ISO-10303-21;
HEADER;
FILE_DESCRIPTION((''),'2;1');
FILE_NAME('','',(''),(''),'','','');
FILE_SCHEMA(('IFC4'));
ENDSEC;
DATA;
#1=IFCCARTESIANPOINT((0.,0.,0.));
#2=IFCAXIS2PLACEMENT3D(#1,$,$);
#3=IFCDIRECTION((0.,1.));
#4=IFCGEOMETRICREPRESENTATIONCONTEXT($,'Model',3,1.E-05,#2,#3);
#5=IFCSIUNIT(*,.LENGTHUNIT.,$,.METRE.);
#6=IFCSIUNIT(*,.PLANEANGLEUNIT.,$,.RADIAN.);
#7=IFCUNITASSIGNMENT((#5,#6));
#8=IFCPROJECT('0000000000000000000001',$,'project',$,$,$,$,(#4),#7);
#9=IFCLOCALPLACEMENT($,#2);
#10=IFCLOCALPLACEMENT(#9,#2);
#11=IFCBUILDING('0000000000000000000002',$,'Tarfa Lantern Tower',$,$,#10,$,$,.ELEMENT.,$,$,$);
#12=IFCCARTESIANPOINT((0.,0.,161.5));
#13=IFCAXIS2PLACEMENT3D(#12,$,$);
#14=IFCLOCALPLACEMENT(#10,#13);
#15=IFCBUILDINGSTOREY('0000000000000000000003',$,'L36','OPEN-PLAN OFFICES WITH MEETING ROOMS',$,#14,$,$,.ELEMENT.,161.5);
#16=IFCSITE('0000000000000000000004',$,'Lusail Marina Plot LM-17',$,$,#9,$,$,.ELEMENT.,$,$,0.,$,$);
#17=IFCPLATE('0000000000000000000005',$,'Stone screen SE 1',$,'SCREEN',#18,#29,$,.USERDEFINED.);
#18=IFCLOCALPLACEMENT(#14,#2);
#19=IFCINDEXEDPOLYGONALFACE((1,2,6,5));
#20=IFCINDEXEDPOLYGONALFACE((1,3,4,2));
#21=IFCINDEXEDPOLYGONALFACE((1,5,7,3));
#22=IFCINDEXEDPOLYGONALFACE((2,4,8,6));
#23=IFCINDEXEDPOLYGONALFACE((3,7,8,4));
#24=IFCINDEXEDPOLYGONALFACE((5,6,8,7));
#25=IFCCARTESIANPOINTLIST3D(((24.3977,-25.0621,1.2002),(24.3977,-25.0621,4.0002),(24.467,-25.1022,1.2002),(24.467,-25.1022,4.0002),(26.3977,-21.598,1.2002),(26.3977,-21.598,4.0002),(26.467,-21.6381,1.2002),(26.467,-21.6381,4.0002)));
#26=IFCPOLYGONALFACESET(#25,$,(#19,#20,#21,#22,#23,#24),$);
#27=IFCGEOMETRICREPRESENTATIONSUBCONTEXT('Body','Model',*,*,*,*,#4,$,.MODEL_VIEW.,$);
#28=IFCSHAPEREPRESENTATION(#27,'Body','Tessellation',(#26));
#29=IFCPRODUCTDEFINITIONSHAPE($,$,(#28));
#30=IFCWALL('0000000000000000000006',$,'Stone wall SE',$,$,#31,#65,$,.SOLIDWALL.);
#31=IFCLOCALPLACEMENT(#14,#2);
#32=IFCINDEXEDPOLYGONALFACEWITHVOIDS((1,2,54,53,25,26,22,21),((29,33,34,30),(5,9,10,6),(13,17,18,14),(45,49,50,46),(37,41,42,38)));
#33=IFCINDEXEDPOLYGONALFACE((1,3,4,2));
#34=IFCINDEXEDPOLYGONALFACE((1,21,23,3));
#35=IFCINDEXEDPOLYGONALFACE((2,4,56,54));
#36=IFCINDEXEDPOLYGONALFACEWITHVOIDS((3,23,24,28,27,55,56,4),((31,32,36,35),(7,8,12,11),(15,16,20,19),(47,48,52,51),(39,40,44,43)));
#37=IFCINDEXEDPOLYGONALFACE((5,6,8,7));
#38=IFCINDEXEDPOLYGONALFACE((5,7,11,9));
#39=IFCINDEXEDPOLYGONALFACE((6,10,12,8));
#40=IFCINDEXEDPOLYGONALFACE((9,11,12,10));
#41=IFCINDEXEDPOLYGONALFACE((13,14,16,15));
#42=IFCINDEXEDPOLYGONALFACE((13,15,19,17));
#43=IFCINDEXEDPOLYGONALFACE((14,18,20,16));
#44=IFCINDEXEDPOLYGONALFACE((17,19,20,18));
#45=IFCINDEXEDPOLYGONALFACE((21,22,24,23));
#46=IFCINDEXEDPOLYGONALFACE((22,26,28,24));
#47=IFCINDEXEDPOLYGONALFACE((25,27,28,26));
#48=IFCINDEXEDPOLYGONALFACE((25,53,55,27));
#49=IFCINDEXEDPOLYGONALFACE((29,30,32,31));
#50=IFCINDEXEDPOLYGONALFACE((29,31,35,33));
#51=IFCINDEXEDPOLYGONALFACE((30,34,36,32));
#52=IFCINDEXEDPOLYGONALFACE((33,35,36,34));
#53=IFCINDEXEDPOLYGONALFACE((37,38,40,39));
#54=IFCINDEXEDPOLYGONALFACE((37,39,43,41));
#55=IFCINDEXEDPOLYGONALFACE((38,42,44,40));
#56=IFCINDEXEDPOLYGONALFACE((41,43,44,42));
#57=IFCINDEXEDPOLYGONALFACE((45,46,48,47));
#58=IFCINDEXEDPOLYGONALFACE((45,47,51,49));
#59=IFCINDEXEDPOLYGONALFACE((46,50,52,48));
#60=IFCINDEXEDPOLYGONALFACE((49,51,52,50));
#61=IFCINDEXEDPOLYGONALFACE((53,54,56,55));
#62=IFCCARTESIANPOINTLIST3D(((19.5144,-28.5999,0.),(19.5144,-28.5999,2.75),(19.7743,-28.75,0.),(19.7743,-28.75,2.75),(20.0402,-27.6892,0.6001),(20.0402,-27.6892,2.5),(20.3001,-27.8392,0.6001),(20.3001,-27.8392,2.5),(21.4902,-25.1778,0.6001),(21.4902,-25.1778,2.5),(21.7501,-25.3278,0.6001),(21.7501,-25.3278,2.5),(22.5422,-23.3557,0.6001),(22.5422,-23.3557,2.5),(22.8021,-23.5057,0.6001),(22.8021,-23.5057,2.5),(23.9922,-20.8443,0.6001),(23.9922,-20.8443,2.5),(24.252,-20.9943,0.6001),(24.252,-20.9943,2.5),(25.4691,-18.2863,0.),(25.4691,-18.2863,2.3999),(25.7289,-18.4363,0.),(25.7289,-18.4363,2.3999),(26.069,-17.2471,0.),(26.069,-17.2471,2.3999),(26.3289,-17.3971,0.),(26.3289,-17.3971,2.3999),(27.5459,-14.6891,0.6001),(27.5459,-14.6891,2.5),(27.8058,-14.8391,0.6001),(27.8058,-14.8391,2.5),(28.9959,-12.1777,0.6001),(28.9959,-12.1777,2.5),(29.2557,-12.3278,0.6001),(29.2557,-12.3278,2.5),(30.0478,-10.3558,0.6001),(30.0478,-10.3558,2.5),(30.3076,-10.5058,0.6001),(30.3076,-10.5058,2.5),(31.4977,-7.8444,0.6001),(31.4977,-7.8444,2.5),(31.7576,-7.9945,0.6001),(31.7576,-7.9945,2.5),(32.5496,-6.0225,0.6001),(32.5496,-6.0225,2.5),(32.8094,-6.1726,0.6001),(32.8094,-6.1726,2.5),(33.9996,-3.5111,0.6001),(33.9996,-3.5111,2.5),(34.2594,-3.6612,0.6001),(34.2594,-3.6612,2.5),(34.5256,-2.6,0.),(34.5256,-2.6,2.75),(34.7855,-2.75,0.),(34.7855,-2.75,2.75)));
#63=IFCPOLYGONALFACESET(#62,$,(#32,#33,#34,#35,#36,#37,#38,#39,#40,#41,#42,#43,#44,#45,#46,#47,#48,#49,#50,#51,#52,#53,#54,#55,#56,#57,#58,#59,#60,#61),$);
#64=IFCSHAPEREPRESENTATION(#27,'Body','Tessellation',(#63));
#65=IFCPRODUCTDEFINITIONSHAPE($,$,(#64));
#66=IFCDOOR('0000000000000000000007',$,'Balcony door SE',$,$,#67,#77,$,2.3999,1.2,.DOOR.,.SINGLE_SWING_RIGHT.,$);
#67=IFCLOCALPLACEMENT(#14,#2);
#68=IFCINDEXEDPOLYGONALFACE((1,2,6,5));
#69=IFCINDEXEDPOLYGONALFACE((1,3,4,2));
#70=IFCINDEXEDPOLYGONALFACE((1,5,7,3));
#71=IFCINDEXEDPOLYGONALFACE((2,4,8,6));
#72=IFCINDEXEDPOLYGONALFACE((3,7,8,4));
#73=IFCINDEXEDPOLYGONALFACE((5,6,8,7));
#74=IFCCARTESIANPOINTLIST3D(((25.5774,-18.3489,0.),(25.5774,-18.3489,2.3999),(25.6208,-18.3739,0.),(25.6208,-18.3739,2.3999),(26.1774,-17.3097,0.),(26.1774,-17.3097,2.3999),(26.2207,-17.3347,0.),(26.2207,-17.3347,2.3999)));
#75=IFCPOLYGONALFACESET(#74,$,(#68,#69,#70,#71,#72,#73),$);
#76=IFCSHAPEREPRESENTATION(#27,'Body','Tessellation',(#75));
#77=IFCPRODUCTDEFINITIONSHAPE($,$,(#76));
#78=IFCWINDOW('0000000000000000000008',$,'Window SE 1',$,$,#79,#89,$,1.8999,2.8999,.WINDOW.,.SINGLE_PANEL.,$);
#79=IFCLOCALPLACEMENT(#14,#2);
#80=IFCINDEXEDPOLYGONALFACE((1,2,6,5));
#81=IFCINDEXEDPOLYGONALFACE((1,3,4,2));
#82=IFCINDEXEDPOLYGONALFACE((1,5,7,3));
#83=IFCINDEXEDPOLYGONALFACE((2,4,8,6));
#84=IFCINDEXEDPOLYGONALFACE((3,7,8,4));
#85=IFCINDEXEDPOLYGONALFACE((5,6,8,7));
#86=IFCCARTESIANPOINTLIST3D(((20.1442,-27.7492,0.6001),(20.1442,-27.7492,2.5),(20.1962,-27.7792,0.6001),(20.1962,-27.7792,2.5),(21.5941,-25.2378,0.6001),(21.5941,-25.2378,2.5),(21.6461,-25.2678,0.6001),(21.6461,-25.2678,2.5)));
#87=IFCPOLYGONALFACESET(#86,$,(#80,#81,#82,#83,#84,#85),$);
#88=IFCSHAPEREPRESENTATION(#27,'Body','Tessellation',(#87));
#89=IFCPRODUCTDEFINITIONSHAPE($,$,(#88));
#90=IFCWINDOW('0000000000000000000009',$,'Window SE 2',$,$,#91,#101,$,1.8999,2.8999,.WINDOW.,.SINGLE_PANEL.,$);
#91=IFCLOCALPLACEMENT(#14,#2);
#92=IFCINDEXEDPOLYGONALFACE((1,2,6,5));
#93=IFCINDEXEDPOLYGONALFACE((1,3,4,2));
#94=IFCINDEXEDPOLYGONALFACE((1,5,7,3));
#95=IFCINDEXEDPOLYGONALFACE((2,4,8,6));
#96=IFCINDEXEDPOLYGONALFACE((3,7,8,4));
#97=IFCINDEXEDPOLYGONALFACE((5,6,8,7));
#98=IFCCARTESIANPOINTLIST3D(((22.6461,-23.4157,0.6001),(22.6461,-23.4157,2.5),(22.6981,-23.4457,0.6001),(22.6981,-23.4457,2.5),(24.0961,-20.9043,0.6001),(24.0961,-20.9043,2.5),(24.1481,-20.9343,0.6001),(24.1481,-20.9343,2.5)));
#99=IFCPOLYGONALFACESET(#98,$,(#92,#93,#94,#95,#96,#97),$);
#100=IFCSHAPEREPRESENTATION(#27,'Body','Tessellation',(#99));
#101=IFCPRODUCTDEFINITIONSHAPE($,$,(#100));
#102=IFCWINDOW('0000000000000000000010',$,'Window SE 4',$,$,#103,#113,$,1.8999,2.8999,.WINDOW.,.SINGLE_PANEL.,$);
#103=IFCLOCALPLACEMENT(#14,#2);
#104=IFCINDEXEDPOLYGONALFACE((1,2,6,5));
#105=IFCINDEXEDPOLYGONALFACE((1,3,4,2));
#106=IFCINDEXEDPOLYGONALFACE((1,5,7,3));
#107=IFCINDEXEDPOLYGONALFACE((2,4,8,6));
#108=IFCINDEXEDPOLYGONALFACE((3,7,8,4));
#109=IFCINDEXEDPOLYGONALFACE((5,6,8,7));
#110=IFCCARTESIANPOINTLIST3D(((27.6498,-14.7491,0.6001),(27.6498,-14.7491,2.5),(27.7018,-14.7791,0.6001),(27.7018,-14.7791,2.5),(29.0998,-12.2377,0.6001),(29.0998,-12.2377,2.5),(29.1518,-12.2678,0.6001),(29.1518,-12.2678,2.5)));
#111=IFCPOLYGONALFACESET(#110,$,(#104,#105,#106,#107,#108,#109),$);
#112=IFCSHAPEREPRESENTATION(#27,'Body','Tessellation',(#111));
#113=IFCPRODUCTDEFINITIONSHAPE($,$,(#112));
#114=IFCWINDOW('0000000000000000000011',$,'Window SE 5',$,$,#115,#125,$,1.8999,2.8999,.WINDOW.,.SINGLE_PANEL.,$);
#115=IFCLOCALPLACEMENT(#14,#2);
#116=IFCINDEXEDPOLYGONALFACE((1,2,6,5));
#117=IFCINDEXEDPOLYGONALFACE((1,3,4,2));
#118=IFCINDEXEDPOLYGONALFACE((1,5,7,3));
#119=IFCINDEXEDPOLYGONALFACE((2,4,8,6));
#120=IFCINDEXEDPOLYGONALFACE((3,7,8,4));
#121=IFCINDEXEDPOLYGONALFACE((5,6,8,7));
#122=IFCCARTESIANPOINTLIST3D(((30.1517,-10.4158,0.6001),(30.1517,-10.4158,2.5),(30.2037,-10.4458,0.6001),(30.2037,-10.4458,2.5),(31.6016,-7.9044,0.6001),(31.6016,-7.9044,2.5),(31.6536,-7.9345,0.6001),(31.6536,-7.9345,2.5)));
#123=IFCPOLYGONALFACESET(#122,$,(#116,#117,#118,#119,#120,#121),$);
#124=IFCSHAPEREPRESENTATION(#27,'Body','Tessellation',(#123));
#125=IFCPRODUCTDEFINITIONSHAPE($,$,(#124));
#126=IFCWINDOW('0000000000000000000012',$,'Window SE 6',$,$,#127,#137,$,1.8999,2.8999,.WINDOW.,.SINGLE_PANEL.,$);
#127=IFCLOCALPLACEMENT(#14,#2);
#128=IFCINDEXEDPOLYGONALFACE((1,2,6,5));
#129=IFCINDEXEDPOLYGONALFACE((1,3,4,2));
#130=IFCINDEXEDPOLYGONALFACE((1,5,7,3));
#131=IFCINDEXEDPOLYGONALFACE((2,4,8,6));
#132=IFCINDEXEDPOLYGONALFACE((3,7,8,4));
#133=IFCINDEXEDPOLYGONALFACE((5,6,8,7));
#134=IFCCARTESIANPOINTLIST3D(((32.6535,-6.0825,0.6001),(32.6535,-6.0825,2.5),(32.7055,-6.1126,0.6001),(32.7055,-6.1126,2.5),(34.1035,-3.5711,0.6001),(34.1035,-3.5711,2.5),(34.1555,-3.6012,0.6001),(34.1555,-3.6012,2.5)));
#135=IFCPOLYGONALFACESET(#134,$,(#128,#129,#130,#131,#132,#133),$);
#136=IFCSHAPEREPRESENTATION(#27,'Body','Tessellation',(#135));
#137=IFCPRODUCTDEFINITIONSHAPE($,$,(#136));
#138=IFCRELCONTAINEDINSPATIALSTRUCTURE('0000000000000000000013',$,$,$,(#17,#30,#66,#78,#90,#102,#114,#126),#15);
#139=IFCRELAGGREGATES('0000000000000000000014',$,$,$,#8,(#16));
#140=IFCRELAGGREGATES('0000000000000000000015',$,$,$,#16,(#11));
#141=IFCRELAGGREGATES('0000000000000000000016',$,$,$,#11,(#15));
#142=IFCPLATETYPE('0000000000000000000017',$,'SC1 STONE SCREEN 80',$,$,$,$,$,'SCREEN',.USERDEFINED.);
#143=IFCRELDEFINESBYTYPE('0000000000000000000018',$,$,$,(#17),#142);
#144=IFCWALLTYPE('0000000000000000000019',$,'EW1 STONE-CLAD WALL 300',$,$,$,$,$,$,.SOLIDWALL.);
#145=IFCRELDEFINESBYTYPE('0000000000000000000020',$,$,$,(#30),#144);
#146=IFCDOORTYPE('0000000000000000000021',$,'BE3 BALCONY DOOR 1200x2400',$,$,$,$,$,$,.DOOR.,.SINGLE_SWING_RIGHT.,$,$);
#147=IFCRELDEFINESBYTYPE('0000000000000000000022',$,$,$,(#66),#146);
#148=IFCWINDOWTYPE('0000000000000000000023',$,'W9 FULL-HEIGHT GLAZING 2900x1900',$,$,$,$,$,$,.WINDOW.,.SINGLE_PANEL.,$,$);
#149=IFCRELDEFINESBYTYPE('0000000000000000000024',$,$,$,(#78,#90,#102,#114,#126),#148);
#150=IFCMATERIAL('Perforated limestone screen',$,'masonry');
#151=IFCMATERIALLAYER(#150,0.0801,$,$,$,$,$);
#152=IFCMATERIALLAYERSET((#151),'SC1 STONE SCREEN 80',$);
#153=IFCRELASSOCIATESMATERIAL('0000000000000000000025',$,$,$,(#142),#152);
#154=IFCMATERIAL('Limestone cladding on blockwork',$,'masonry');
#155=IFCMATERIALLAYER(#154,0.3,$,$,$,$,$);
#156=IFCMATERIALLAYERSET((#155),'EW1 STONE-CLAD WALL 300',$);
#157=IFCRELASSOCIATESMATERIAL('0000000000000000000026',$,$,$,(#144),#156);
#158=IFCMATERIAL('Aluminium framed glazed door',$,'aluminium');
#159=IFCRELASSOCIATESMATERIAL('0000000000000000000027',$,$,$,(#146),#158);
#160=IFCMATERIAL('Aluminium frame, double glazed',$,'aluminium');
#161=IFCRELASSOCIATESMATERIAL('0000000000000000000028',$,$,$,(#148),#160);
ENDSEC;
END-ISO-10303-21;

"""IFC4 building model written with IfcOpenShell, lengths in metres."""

from ifc_helpers import new_model, si_unit, direction, frame, frame_2d, origin, origin_2d, place, context, subcontext, project, spatial, rectangle, extrude, material, layer, layer_set, type_object, element, fill, save


model = new_model("IFC4")

# Units and contexts
model_context = context("Model", 3, precision=1e-05, world=origin(), true_north=direction((0.0, 1.0)))
body_context = subcontext(model_context, "Body", "Model", "MODEL_VIEW")
ifc_project = project(units=[si_unit("LENGTHUNIT", "METRE"), si_unit("PLANEANGLEUNIT", "RADIAN")], contexts=[model_context])

# Site, building, storey
site_placement = place(None, origin())
site = spatial("IfcSite", under=ifc_project, at=site_placement, Name="Lusail Marina Plot LM-17", CompositionType="ELEMENT", RefElevation=0.0)
building_placement = place(site_placement, origin())
building = spatial("IfcBuilding", under=site, at=building_placement, Name="Tarfa Lantern Tower", CompositionType="ELEMENT")
storey_placement = place(building_placement, frame((0.0, 0.0, 161.5)))
storey = spatial("IfcBuildingStorey", under=building, at=storey_placement, Name="L36", Description="OPEN-PLAN OFFICES WITH MEETING ROOMS", CompositionType="ELEMENT", Elevation=161.5)

# Plate
ifc_material_1 = material(Name="Perforated limestone screen", Category="masonry")
ifc_layer_1 = layer(ifc_material_1, 0.0801)
ifc_layer_set_1 = layer_set([ifc_layer_1], Name="SC1 STONE SCREEN 80")
plate_type = type_object("IfcPlateType", Name="SC1 STONE SCREEN 80", ElementType="SCREEN", PredefinedType="USERDEFINED", material=ifc_layer_set_1)
plate_placement = place(storey_placement, frame((25.4324, -23.3501, 1.2002), z_axis=(0.0, 0.0, 1.0), x_axis=(0.5, 0.866025, 0.0)))
element("IfcPlate", 1, at=plate_placement, inside=storey, type_object=plate_type, Name="Stone screen SE 1", ObjectType="SCREEN", PredefinedType="USERDEFINED", context=body_context, shape_type="SweptSolid", body=[
    extrude(rectangle(XDim=4.0, YDim=0.0801, at=origin_2d()), origin(), (0.0, 0.0, 1.0), 2.8),
])

# Wall, openings, door, windows
ifc_material_2 = material(Name="Limestone cladding on blockwork", Category="masonry")
ifc_layer_2 = layer(ifc_material_2, 0.3)
ifc_layer_set_2 = layer_set([ifc_layer_2], Name="EW1 STONE-CLAD WALL 300")
wall_type_1 = type_object("IfcWallType", Name="EW1 STONE-CLAD WALL 300", PredefinedType="SOLIDWALL", material=ifc_layer_set_2)
wall_1_placement = place(storey_placement, frame((19.6443, -28.675, 0.0), z_axis=(0.0, 0.0, 1.0), x_axis=(0.500003, 0.866024, 0.0)))
wall_1 = element("IfcWall", 2, at=wall_1_placement, inside=storey, type_object=wall_type_1, Name="Stone wall SE", PredefinedType="SOLIDWALL", context=body_context, shape_type="SweptSolid", body=[
    extrude(rectangle(XDim=30.0222, YDim=0.3, at=frame_2d((15.0112, 0.0))), origin(), (0.0, 0.0, 1.0), 2.75),
])
opening_1_placement = place(wall_1_placement, frame((1.0518, 0.0, 0.6001)))
opening_1 = element("IfcOpeningElement", 3, at=opening_1_placement, cuts=wall_1, PredefinedType="OPENING", context=body_context, shape_type="SweptSolid", body=[
    extrude(rectangle(XDim=2.8999, YDim=1.8999, at=frame_2d((1.45, 0.95))), frame((0.0, 0.1599, 0.0), z_axis=(0.0, -1.0, 0.0), x_axis=(1.0, 0.0, 0.0)), (0.0, 0.0, 1.0), 0.3201),
])
opening_2_placement = place(wall_1_placement, frame((6.0557, 0.0, 0.6001)))
opening_2 = element("IfcOpeningElement", 4, at=opening_2_placement, cuts=wall_1, PredefinedType="OPENING", context=body_context, shape_type="SweptSolid", body=[
    extrude(rectangle(XDim=2.8999, YDim=1.8999, at=frame_2d((1.45, 0.95))), frame((0.0, 0.1599, 0.0), z_axis=(0.0, -1.0, 0.0), x_axis=(1.0, 0.0, 0.0)), (0.0, 0.0, 1.0), 0.3201),
])
opening_3_placement = place(wall_1_placement, frame((11.9092, 0.0, 0.0)))
opening_3 = element("IfcOpeningElement", 5, at=opening_3_placement, cuts=wall_1, PredefinedType="OPENING", context=body_context, shape_type="SweptSolid", body=[
    extrude(rectangle(XDim=1.2, YDim=2.3999, at=frame_2d((0.6001, 1.2))), frame((0.0, 0.1599, 0.0), z_axis=(0.0, -1.0, 0.0), x_axis=(1.0, 0.0, 0.0)), (0.0, 0.0, 1.0), 0.3201),
])
opening_4_placement = place(wall_1_placement, frame((16.063, 0.0, 0.6001)))
opening_4 = element("IfcOpeningElement", 6, at=opening_4_placement, cuts=wall_1, PredefinedType="OPENING", context=body_context, shape_type="SweptSolid", body=[
    extrude(rectangle(XDim=2.8999, YDim=1.8999, at=frame_2d((1.45, 0.95))), frame((0.0, 0.1599, 0.0), z_axis=(0.0, -1.0, 0.0), x_axis=(1.0, 0.0, 0.0)), (0.0, 0.0, 1.0), 0.3201),
])
opening_5_placement = place(wall_1_placement, frame((21.0667, 0.0, 0.6001)))
opening_5 = element("IfcOpeningElement", 7, at=opening_5_placement, cuts=wall_1, PredefinedType="OPENING", context=body_context, shape_type="SweptSolid", body=[
    extrude(rectangle(XDim=2.8999, YDim=1.8999, at=frame_2d((1.45, 0.95))), frame((0.0, 0.1599, 0.0), z_axis=(0.0, -1.0, 0.0), x_axis=(1.0, 0.0, 0.0)), (0.0, 0.0, 1.0), 0.3201),
])
opening_6_placement = place(wall_1_placement, frame((26.0703, 0.0, 0.6001)))
opening_6 = element("IfcOpeningElement", 8, at=opening_6_placement, cuts=wall_1, PredefinedType="OPENING", context=body_context, shape_type="SweptSolid", body=[
    extrude(rectangle(XDim=2.8999, YDim=1.8999, at=frame_2d((1.45, 0.95))), frame((0.0, 0.1599, 0.0), z_axis=(0.0, -1.0, 0.0), x_axis=(1.0, 0.0, 0.0)), (0.0, 0.0, 1.0), 0.3201),
])
ifc_material_3 = material(Name="Aluminium framed glazed door", Category="aluminium")
door_type_1 = type_object("IfcDoorType", Name="BE3 BALCONY DOOR 1200x2400", OperationType="SINGLE_SWING_RIGHT", PredefinedType="DOOR", material=ifc_material_3)
door_1_placement = place(opening_3_placement, origin())
door_1 = element("IfcDoor", 9, at=door_1_placement, inside=storey, type_object=door_type_1, Name="Balcony door SE", OperationType="SINGLE_SWING_RIGHT", OverallHeight=2.3999, OverallWidth=1.2, PredefinedType="DOOR", context=body_context, shape_type="SweptSolid", body=[
    extrude(rectangle(XDim=1.2, YDim=2.3999, at=frame_2d((0.6001, 1.2))), frame((0.0, 0.0249, 0.0), z_axis=(0.0, -1.0, 0.0), x_axis=(1.0, 0.0, 0.0)), (0.0, 0.0, 1.0), 0.05),
])
fill(opening_3, door_1)
ifc_material_4 = material(Name="Aluminium frame, double glazed", Category="aluminium")
window_type = type_object("IfcWindowType", Name="W9 FULL-HEIGHT GLAZING 2900x1900", PartitioningType="SINGLE_PANEL", PredefinedType="WINDOW", material=ifc_material_4)
window_1_placement = place(opening_1_placement, origin())
window_1 = element("IfcWindow", 10, at=window_1_placement, inside=storey, type_object=window_type, Name="Window SE 1", OverallHeight=1.8999, OverallWidth=2.8999, PartitioningType="SINGLE_PANEL", PredefinedType="WINDOW", context=body_context, shape_type="SweptSolid", body=[
    extrude(rectangle(XDim=2.8999, YDim=1.8999, at=frame_2d((1.45, 0.95))), frame((0.0, 0.03, 0.0), z_axis=(0.0, -1.0, 0.0), x_axis=(1.0, 0.0, 0.0)), (0.0, 0.0, 1.0), 0.0601),
])
fill(opening_1, window_1)
window_2_placement = place(opening_2_placement, origin())
window_2 = element("IfcWindow", 11, at=window_2_placement, inside=storey, type_object=window_type, Name="Window SE 2", OverallHeight=1.8999, OverallWidth=2.8999, PartitioningType="SINGLE_PANEL", PredefinedType="WINDOW", context=body_context, shape_type="SweptSolid", body=[
    extrude(rectangle(XDim=2.8999, YDim=1.8999, at=frame_2d((1.45, 0.95))), frame((0.0, 0.03, 0.0), z_axis=(0.0, -1.0, 0.0), x_axis=(1.0, 0.0, 0.0)), (0.0, 0.0, 1.0), 0.0601),
])
fill(opening_2, window_2)
window_3_placement = place(opening_4_placement, origin())
window_3 = element("IfcWindow", 12, at=window_3_placement, inside=storey, type_object=window_type, Name="Window SE 4", OverallHeight=1.8999, OverallWidth=2.8999, PartitioningType="SINGLE_PANEL", PredefinedType="WINDOW", context=body_context, shape_type="SweptSolid", body=[
    extrude(rectangle(XDim=2.8999, YDim=1.8999, at=frame_2d((1.45, 0.95))), frame((0.0, 0.03, 0.0), z_axis=(0.0, -1.0, 0.0), x_axis=(1.0, 0.0, 0.0)), (0.0, 0.0, 1.0), 0.0601),
])
fill(opening_4, window_3)
window_4_placement = place(opening_5_placement, origin())
window_4 = element("IfcWindow", 13, at=window_4_placement, inside=storey, type_object=window_type, Name="Window SE 5", OverallHeight=1.8999, OverallWidth=2.8999, PartitioningType="SINGLE_PANEL", PredefinedType="WINDOW", context=body_context, shape_type="SweptSolid", body=[
    extrude(rectangle(XDim=2.8999, YDim=1.8999, at=frame_2d((1.45, 0.95))), frame((0.0, 0.03, 0.0), z_axis=(0.0, -1.0, 0.0), x_axis=(1.0, 0.0, 0.0)), (0.0, 0.0, 1.0), 0.0601),
])
fill(opening_5, window_4)
window_5_placement = place(opening_6_placement, origin())
window_5 = element("IfcWindow", 14, at=window_5_placement, inside=storey, type_object=window_type, Name="Window SE 6", OverallHeight=1.8999, OverallWidth=2.8999, PartitioningType="SINGLE_PANEL", PredefinedType="WINDOW", context=body_context, shape_type="SweptSolid", body=[
    extrude(rectangle(XDim=2.8999, YDim=1.8999, at=frame_2d((1.45, 0.95))), frame((0.0, 0.03, 0.0), z_axis=(0.0, -1.0, 0.0), x_axis=(1.0, 0.0, 0.0)), (0.0, 0.0, 1.0), 0.0601),
])
fill(opening_6, window_5)

save(model, "model.ifc")
